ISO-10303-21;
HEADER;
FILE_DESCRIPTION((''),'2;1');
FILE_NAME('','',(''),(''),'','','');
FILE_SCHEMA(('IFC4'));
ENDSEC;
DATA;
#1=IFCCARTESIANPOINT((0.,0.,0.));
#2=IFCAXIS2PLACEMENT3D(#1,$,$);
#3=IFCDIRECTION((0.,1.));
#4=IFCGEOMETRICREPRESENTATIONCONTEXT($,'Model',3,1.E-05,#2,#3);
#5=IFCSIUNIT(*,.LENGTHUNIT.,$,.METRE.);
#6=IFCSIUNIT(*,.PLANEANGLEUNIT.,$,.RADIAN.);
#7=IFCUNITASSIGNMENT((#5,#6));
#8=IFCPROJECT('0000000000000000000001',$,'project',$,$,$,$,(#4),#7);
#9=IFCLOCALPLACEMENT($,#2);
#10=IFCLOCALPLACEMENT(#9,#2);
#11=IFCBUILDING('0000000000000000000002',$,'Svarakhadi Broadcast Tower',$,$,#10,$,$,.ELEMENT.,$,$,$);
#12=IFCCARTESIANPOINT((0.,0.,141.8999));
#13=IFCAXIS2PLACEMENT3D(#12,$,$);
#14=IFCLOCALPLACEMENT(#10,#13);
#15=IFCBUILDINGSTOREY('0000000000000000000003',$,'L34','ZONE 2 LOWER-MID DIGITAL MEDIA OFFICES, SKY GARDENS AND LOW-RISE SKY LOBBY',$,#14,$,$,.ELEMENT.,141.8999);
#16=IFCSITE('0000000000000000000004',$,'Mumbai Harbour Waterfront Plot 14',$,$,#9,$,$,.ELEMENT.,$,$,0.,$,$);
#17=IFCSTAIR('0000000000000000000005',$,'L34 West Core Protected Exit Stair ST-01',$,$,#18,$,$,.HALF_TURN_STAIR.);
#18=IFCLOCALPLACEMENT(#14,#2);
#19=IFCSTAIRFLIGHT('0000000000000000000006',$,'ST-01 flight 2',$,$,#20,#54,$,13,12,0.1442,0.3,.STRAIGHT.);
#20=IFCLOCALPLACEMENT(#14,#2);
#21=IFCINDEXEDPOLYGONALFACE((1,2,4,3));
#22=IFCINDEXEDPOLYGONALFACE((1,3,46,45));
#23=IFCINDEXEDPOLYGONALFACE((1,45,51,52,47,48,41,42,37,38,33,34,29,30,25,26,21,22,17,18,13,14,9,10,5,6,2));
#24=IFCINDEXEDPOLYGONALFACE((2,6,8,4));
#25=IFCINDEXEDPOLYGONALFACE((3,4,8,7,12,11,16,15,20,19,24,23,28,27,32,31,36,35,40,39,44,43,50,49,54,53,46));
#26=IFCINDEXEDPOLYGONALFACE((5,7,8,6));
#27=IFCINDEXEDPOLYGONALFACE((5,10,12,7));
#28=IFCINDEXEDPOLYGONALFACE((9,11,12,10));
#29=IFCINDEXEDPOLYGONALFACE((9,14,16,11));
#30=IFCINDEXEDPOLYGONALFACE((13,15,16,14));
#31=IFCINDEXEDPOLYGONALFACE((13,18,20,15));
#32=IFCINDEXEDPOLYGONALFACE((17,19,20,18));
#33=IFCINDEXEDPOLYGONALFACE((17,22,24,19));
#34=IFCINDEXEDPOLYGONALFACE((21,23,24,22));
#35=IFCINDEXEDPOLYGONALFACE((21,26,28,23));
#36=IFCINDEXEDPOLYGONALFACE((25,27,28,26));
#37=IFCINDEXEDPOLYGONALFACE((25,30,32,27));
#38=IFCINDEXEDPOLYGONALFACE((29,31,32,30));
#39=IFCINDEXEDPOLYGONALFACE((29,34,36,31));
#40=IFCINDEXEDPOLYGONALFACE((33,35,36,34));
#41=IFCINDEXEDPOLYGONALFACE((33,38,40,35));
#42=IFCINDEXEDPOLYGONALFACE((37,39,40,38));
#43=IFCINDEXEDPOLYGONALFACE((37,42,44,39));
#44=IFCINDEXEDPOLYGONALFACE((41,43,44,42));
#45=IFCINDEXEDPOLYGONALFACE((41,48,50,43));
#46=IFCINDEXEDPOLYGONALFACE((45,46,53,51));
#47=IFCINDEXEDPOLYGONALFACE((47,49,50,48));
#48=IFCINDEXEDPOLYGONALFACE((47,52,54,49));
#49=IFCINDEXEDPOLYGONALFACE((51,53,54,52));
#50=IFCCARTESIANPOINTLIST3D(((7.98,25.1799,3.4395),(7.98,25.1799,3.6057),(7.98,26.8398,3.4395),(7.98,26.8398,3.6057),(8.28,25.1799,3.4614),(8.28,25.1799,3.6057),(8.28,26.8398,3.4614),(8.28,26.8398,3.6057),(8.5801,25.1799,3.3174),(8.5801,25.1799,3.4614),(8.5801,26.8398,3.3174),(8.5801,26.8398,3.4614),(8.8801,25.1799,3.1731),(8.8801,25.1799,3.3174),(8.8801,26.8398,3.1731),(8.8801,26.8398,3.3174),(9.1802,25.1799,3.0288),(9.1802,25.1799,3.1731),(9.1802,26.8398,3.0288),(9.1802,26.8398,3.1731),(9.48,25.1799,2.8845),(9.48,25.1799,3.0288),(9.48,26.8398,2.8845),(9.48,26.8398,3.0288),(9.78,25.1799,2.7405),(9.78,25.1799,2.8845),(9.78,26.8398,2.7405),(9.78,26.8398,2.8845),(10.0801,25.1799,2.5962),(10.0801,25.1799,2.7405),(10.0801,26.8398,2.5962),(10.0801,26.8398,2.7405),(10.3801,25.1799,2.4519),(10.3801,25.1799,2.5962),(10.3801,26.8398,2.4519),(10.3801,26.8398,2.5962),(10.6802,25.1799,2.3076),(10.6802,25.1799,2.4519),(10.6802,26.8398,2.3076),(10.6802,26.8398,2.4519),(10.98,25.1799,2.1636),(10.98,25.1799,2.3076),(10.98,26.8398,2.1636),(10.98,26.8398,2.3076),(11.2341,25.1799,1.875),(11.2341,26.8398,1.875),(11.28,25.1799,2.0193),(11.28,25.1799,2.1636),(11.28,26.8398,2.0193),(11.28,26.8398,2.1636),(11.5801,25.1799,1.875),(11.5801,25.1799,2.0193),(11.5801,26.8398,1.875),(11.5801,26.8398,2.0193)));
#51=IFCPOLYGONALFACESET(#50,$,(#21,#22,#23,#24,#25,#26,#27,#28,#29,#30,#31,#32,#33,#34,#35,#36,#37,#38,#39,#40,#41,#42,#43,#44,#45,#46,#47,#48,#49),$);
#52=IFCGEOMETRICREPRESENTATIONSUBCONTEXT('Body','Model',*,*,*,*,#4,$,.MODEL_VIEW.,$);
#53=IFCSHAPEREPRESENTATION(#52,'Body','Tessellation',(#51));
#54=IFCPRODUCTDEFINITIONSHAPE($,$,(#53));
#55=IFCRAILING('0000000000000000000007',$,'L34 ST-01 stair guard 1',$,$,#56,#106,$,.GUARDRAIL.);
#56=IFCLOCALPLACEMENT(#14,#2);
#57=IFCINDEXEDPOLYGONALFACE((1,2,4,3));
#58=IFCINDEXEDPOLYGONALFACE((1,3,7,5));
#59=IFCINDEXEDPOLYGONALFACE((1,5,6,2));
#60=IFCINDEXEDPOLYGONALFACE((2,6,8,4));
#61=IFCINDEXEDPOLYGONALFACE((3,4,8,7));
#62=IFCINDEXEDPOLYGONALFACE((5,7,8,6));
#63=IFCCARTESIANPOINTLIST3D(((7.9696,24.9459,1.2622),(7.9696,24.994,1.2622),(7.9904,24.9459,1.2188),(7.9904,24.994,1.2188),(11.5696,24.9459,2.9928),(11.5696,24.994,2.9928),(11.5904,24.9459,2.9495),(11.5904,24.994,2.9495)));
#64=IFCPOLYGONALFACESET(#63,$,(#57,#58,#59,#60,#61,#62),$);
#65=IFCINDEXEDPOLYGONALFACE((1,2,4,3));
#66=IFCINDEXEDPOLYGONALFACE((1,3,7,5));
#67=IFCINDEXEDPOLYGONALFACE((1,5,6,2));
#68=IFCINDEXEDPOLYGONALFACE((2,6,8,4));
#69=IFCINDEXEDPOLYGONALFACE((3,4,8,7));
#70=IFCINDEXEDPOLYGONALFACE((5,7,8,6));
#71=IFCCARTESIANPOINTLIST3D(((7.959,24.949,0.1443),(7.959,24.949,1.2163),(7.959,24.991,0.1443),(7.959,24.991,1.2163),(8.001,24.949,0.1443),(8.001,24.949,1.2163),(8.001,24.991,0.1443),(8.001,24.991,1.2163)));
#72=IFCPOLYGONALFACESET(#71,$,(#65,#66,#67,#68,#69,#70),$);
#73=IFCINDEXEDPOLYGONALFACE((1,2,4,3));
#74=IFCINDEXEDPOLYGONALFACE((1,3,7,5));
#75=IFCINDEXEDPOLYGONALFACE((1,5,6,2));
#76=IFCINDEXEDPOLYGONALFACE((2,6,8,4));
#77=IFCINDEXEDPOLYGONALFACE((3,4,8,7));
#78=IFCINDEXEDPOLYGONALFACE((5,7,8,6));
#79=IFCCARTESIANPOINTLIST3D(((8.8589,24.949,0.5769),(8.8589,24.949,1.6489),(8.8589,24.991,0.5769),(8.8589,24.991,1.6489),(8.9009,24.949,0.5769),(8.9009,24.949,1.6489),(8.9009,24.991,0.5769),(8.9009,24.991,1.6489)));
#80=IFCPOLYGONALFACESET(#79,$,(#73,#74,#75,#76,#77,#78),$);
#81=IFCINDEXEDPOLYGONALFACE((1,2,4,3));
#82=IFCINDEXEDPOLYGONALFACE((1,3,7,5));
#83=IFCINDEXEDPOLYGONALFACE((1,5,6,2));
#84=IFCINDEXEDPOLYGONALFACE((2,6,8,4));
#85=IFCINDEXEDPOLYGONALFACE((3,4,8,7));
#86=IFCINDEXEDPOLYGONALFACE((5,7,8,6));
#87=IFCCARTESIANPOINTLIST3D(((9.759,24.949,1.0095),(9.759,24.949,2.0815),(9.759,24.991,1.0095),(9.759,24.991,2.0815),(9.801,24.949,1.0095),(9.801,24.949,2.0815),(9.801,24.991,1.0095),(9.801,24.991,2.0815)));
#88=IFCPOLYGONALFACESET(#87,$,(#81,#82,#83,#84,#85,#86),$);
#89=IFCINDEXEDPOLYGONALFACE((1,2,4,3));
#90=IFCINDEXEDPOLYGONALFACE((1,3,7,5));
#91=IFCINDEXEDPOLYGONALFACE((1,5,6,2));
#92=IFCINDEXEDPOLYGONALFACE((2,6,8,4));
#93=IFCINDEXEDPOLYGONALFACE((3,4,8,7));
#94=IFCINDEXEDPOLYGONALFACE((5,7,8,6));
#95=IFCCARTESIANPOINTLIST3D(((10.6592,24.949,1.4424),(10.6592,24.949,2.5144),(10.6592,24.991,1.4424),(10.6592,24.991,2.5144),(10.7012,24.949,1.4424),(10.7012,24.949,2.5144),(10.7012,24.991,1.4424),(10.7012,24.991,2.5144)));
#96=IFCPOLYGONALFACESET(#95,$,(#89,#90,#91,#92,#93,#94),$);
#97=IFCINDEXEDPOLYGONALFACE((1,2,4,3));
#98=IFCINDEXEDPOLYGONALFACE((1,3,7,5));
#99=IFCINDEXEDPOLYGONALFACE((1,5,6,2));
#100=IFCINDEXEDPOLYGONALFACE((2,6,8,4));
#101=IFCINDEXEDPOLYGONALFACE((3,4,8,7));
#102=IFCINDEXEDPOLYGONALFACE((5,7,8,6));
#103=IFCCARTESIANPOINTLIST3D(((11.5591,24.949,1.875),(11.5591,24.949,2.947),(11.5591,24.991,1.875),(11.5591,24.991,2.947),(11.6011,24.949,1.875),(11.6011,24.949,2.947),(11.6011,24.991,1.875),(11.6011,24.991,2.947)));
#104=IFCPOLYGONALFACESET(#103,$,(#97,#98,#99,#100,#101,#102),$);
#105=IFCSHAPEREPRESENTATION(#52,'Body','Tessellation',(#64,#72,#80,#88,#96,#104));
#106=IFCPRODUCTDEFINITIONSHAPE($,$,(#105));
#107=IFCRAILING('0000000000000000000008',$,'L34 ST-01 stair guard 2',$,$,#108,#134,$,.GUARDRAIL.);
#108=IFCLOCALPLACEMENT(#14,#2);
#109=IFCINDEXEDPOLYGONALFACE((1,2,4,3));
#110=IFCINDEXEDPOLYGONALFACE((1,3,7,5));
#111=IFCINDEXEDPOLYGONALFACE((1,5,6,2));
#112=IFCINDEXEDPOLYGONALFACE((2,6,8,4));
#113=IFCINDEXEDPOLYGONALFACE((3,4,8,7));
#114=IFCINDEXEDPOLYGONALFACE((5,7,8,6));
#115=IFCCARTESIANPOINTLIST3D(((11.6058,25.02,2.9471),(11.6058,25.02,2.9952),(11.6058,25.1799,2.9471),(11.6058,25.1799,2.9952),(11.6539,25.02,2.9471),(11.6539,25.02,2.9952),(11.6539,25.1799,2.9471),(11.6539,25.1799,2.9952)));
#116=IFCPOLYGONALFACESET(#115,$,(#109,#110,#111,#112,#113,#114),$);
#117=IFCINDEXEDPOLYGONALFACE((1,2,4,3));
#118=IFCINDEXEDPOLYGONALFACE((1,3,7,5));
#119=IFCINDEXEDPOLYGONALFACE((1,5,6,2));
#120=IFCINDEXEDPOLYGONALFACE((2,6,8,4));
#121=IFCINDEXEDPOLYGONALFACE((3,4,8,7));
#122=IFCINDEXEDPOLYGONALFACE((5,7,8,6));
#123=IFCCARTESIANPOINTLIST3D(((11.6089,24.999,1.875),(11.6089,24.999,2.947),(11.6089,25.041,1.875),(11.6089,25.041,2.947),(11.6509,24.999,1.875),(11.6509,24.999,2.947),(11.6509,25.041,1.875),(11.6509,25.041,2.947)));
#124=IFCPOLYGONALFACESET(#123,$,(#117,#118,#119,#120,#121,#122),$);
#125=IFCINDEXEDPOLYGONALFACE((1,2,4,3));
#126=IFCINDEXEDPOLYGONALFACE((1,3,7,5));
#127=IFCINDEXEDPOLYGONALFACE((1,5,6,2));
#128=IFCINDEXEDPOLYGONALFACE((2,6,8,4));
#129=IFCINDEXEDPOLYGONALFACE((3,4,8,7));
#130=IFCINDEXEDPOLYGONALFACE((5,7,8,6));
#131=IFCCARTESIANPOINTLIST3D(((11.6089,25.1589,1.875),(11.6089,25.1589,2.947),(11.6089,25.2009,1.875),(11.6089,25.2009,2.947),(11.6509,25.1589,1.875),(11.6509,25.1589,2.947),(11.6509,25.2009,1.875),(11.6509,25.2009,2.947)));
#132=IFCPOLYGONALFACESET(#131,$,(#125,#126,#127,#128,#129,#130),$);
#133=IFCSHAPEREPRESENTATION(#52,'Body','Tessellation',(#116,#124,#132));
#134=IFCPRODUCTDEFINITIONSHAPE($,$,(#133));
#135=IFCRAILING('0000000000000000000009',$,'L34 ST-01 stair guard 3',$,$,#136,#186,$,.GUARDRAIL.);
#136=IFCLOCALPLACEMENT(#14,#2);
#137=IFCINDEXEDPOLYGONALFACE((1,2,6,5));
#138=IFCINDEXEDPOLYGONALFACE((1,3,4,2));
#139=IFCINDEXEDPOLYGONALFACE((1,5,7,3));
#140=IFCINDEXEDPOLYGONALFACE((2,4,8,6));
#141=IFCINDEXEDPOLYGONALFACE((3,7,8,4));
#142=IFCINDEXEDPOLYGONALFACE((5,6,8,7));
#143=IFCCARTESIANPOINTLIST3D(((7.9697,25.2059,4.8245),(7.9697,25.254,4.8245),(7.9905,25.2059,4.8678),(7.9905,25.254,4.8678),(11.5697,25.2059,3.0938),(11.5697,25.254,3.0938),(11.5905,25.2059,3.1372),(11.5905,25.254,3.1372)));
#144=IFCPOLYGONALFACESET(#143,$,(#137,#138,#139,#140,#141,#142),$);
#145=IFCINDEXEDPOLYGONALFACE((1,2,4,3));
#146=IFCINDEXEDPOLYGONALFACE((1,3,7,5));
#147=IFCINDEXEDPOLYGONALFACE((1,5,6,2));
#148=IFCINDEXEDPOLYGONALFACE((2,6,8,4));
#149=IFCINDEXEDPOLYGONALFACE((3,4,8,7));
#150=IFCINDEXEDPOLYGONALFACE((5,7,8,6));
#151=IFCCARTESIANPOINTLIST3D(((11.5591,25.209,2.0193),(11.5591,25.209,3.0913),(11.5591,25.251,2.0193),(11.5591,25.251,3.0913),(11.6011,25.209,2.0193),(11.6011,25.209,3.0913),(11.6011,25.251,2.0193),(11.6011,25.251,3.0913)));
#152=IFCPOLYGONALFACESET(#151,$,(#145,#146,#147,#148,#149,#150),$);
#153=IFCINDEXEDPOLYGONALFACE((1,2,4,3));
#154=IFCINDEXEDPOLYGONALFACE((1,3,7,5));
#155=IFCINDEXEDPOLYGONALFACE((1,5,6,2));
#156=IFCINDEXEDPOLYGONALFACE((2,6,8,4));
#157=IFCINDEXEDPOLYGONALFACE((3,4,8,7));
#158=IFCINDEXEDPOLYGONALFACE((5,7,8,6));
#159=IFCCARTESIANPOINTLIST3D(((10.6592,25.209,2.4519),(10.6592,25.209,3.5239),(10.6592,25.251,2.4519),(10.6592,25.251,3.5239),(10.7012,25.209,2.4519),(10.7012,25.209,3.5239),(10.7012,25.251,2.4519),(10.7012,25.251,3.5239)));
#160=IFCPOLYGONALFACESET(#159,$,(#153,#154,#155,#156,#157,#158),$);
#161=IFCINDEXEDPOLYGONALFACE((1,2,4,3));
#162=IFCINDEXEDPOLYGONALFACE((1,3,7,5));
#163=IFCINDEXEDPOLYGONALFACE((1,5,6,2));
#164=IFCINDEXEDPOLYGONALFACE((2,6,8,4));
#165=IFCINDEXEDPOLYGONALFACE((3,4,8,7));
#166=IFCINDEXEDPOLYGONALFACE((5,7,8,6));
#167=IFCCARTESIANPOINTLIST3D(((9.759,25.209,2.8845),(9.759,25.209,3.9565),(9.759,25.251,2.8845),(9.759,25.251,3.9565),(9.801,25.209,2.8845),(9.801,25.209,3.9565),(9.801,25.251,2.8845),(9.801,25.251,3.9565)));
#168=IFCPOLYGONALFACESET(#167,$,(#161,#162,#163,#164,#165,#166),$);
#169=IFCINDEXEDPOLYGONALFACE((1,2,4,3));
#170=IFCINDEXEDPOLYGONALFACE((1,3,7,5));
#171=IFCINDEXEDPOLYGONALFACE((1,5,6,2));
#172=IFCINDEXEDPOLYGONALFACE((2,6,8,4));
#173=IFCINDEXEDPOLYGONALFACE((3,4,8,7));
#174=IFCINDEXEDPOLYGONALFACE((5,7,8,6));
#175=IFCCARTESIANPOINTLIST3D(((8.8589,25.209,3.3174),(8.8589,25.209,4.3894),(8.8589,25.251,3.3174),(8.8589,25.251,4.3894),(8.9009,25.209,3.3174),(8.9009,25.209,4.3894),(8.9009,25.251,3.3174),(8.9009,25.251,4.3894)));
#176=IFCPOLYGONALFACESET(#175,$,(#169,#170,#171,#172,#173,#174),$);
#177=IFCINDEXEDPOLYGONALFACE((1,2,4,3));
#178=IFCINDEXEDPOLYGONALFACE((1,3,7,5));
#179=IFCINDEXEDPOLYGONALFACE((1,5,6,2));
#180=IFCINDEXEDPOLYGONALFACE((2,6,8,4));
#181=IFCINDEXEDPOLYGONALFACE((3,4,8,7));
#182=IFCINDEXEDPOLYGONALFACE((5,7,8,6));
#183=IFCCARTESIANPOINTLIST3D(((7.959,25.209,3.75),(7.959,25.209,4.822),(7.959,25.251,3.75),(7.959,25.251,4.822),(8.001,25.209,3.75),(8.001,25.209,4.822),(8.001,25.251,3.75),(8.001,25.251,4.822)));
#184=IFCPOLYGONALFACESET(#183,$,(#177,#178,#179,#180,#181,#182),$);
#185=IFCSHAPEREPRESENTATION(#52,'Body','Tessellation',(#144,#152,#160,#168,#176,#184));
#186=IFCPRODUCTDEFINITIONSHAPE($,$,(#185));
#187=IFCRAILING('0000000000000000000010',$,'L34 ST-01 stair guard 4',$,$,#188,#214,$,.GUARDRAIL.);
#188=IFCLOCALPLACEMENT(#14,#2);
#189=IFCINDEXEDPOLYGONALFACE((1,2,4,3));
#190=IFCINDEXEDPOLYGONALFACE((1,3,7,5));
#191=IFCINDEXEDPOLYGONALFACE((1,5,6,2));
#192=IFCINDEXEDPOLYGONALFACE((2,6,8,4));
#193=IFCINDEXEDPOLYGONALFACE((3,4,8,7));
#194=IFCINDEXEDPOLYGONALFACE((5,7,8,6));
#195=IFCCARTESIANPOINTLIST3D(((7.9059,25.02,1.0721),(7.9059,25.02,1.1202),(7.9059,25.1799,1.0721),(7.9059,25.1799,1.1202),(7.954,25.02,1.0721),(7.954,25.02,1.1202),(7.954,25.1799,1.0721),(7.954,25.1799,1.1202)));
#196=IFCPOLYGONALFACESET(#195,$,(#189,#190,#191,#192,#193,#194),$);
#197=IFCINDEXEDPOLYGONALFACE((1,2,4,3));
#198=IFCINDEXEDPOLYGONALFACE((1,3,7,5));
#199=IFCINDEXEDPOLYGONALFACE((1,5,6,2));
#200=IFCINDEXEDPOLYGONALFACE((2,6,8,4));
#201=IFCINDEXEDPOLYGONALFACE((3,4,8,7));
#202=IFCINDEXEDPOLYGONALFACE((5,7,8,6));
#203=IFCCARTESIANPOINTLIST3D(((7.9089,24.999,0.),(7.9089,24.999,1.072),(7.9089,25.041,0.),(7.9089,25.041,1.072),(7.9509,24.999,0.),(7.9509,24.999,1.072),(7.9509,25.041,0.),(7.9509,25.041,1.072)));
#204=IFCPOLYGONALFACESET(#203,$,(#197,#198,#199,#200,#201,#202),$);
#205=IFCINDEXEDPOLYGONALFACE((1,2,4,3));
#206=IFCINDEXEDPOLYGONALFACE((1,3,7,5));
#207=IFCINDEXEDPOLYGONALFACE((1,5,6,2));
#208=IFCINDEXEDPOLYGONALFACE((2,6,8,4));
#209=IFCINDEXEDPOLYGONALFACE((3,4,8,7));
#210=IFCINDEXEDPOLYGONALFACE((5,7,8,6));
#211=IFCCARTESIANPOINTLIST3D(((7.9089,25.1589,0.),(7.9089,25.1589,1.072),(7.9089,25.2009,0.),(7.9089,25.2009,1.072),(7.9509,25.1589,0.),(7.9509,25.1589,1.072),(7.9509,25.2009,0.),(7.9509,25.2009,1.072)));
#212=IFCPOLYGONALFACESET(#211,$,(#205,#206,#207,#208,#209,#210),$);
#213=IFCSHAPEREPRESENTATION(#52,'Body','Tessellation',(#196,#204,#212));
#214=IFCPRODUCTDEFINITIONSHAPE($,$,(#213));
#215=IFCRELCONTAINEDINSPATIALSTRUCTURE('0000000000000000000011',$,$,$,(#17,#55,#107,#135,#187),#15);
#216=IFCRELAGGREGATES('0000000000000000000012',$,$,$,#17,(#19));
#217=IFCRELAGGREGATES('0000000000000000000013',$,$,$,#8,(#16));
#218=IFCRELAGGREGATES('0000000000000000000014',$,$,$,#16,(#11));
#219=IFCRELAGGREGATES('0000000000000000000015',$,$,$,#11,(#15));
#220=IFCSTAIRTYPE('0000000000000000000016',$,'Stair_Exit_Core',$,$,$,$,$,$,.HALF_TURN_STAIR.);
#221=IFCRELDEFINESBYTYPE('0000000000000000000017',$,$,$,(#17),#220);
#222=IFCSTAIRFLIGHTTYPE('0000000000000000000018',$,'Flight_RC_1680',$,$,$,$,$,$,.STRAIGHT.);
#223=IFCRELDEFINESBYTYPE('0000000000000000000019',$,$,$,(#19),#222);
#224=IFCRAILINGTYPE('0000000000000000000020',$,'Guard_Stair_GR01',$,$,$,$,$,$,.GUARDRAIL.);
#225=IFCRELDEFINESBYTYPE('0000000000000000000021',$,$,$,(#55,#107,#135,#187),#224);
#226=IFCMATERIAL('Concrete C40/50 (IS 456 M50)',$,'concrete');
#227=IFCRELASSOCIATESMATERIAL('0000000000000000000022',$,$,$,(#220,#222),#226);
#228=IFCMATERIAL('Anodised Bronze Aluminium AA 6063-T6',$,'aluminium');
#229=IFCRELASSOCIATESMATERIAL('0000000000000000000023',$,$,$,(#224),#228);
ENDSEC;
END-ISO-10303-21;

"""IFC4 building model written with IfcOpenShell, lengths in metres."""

from ifc_helpers import new_model, si_unit, direction, frame, origin, origin_2d, place, context, subcontext, project, spatial, polyline, rectangle, outline, extrude, material, type_object, element, aggregate, save


model = new_model("IFC4")

# Units and contexts
model_context = context("Model", 3, precision=1e-05, world=origin(), true_north=direction((0.0, 1.0)))
body_context = subcontext(model_context, "Body", "Model", "MODEL_VIEW")
ifc_project = project(units=[si_unit("LENGTHUNIT", "METRE"), si_unit("PLANEANGLEUNIT", "RADIAN")], contexts=[model_context])

# Site, building, storey
site_placement = place(None, origin())
site = spatial("IfcSite", under=ifc_project, at=site_placement, Name="Mumbai Harbour Waterfront Plot 14", CompositionType="ELEMENT", RefElevation=0.0)
building_placement = place(site_placement, origin())
building = spatial("IfcBuilding", under=site, at=building_placement, Name="Svarakhadi Broadcast Tower", CompositionType="ELEMENT")
storey_placement = place(building_placement, frame((0.0, 0.0, 141.8999)))
storey = spatial("IfcBuildingStorey", under=building, at=storey_placement, Name="L34", Description="ZONE 2 LOWER-MID DIGITAL MEDIA OFFICES, SKY GARDENS AND LOW-RISE SKY LOBBY", CompositionType="ELEMENT", Elevation=141.8999)

# Shared definitions
ifc_material_1 = material(Name="Concrete C40/50 (IS 456 M50)", Category="concrete")

# Stair, stair flight
stair_type = type_object("IfcStairType", Name="Stair_Exit_Core", PredefinedType="HALF_TURN_STAIR", material=ifc_material_1)
stair_placement = place(storey_placement, origin())
stair = element("IfcStair", 1, at=stair_placement, inside=storey, type_object=stair_type, Name="L34 West Core Protected Exit Stair ST-01", PredefinedType="HALF_TURN_STAIR")
stair_flight_type = type_object("IfcStairFlightType", Name="Flight_RC_1680", PredefinedType="STRAIGHT", material=ifc_material_1)
stair_flight_1_placement = place(storey_placement, frame((11.5801, 26.01, 1.875), z_axis=(0.0, 0.0, 1.0), x_axis=(-1.0, 0.0, 0.0)))
stair_flight_1 = element("IfcStairFlight", 2, at=stair_flight_1_placement, type_object=stair_flight_type, Name="ST-01 flight 2", NumberOfRisers=13, NumberOfTreads=12, PredefinedType="STRAIGHT", RiserHeight=0.1442, TreadLength=0.3, context=body_context, shape_type="SweptSolid", body=[
    extrude(outline(polyline([(0.0, 0.0), (0.0, 0.1443), (0.3, 0.1443), (0.3, 0.2886), (0.6001, 0.2886), (0.6001, 0.4326), (0.8999, 0.4326), (0.8999, 0.5769), (1.2, 0.5769), (1.2, 0.7212), (1.5, 0.7212), (1.5, 0.8655), (1.8, 0.8655), (1.8, 1.0095), (2.1001, 1.0095), (2.1001, 1.1538), (2.3999, 1.1538), (2.3999, 1.2981), (2.7, 1.2981), (2.7, 1.4424), (3.0, 1.4424), (3.0, 1.5864), (3.3, 1.5864), (3.3, 1.7307), (3.6001, 1.7307), (3.6001, 1.875), (3.6001, 1.5645), (0.3459, 0.0), (0.0, 0.0)])), frame((0.0, 0.8301, 0.0), z_axis=(0.0, -1.0, 0.0), x_axis=(1.0, 0.0, 0.0)), (0.0, 0.0, 1.0), 1.6599),
])
aggregate(stair, [stair_flight_1])

# Railings
ifc_material_2 = material(Name="Anodised Bronze Aluminium AA 6063-T6", Category="aluminium")
railing_type_1 = type_object("IfcRailingType", Name="Guard_Stair_GR01", PredefinedType="GUARDRAIL", material=ifc_material_2)
railing_1_placement = place(storey_placement, frame((7.98, 24.97, 0.1443)))
element("IfcRailing", 3, at=railing_1_placement, inside=storey, type_object=railing_type_1, Name="L34 ST-01 stair guard 1", PredefinedType="GUARDRAIL", context=body_context, shape_type="SweptSolid", body=[
    extrude(rectangle(XDim=0.0481, YDim=0.0481, at=origin_2d()), frame((0.0, 0.0, 1.0962), z_axis=(0.901263, 0.0, 0.433273), x_axis=(0.0, 1.0, 0.0)), (0.0, 0.0, 1.0), 3.9944),
    extrude(rectangle(XDim=0.042, YDim=0.042, at=origin_2d()), origin(), (0.0, 0.0, 1.0), 1.072),
    extrude(rectangle(XDim=0.042, YDim=0.042, at=origin_2d()), frame((0.8999, 0.0, 0.4326)), (0.0, 0.0, 1.0), 1.072),
    extrude(rectangle(XDim=0.042, YDim=0.042, at=origin_2d()), frame((1.8, 0.0, 0.8652)), (0.0, 0.0, 1.0), 1.072),
    extrude(rectangle(XDim=0.042, YDim=0.042, at=origin_2d()), frame((2.7002, 0.0, 1.2981)), (0.0, 0.0, 1.0), 1.072),
    extrude(rectangle(XDim=0.042, YDim=0.042, at=origin_2d()), frame((3.6001, 0.0, 1.7307)), (0.0, 0.0, 1.0), 1.072),
])
railing_2_placement = place(storey_placement, frame((11.6299, 25.02, 1.875)))
element("IfcRailing", 4, at=railing_2_placement, inside=storey, type_object=railing_type_1, Name="L34 ST-01 stair guard 2", PredefinedType="GUARDRAIL", context=body_context, shape_type="SweptSolid", body=[
    extrude(rectangle(XDim=0.0481, YDim=0.0481, at=origin_2d()), frame((0.0, 0.0, 1.0962), z_axis=(0.0, 1.0, 0.0), x_axis=(-1.0, 0.0, 0.0)), (0.0, 0.0, 1.0), 0.1599),
    extrude(rectangle(XDim=0.042, YDim=0.042, at=origin_2d()), origin(), (0.0, 0.0, 1.0), 1.072),
    extrude(rectangle(XDim=0.042, YDim=0.042, at=origin_2d()), frame((0.0, 0.1599, 0.0)), (0.0, 0.0, 1.0), 1.072),
])
railing_3_placement = place(storey_placement, frame((11.5801, 25.23, 2.0193)))
element("IfcRailing", 5, at=railing_3_placement, inside=storey, type_object=railing_type_1, Name="L34 ST-01 stair guard 3", PredefinedType="GUARDRAIL", context=body_context, shape_type="SweptSolid", body=[
    extrude(rectangle(XDim=0.0481, YDim=0.0481, at=origin_2d()), frame((0.0, 0.0, 1.0962), z_axis=(-0.901263, 0.0, 0.433273), x_axis=(0.0, -1.0, 0.0)), (0.0, 0.0, 1.0), 3.9944),
    extrude(rectangle(XDim=0.042, YDim=0.042, at=origin_2d()), origin(), (0.0, 0.0, 1.0), 1.072),
    extrude(rectangle(XDim=0.042, YDim=0.042, at=origin_2d()), frame((-0.8999, 0.0, 0.4326)), (0.0, 0.0, 1.0), 1.072),
    extrude(rectangle(XDim=0.042, YDim=0.042, at=origin_2d()), frame((-1.8, 0.0, 0.8652)), (0.0, 0.0, 1.0), 1.072),
    extrude(rectangle(XDim=0.042, YDim=0.042, at=origin_2d()), frame((-2.7002, 0.0, 1.2981)), (0.0, 0.0, 1.0), 1.072),
    extrude(rectangle(XDim=0.042, YDim=0.042, at=origin_2d()), frame((-3.6001, 0.0, 1.7307)), (0.0, 0.0, 1.0), 1.072),
])
railing_4_placement = place(storey_placement, frame((7.9299, 25.02, 0.0)))
element("IfcRailing", 6, at=railing_4_placement, inside=storey, type_object=railing_type_1, Name="L34 ST-01 stair guard 4", PredefinedType="GUARDRAIL", context=body_context, shape_type="SweptSolid", body=[
    extrude(rectangle(XDim=0.0481, YDim=0.0481, at=origin_2d()), frame((0.0, 0.0, 1.0962), z_axis=(0.0, 1.0, 0.0), x_axis=(-1.0, 0.0, 0.0)), (0.0, 0.0, 1.0), 0.1599),
    extrude(rectangle(XDim=0.042, YDim=0.042, at=origin_2d()), origin(), (0.0, 0.0, 1.0), 1.072),
    extrude(rectangle(XDim=0.042, YDim=0.042, at=origin_2d()), frame((0.0, 0.1599, 0.0)), (0.0, 0.0, 1.0), 1.072),
])

save(model, "model.ifc")
